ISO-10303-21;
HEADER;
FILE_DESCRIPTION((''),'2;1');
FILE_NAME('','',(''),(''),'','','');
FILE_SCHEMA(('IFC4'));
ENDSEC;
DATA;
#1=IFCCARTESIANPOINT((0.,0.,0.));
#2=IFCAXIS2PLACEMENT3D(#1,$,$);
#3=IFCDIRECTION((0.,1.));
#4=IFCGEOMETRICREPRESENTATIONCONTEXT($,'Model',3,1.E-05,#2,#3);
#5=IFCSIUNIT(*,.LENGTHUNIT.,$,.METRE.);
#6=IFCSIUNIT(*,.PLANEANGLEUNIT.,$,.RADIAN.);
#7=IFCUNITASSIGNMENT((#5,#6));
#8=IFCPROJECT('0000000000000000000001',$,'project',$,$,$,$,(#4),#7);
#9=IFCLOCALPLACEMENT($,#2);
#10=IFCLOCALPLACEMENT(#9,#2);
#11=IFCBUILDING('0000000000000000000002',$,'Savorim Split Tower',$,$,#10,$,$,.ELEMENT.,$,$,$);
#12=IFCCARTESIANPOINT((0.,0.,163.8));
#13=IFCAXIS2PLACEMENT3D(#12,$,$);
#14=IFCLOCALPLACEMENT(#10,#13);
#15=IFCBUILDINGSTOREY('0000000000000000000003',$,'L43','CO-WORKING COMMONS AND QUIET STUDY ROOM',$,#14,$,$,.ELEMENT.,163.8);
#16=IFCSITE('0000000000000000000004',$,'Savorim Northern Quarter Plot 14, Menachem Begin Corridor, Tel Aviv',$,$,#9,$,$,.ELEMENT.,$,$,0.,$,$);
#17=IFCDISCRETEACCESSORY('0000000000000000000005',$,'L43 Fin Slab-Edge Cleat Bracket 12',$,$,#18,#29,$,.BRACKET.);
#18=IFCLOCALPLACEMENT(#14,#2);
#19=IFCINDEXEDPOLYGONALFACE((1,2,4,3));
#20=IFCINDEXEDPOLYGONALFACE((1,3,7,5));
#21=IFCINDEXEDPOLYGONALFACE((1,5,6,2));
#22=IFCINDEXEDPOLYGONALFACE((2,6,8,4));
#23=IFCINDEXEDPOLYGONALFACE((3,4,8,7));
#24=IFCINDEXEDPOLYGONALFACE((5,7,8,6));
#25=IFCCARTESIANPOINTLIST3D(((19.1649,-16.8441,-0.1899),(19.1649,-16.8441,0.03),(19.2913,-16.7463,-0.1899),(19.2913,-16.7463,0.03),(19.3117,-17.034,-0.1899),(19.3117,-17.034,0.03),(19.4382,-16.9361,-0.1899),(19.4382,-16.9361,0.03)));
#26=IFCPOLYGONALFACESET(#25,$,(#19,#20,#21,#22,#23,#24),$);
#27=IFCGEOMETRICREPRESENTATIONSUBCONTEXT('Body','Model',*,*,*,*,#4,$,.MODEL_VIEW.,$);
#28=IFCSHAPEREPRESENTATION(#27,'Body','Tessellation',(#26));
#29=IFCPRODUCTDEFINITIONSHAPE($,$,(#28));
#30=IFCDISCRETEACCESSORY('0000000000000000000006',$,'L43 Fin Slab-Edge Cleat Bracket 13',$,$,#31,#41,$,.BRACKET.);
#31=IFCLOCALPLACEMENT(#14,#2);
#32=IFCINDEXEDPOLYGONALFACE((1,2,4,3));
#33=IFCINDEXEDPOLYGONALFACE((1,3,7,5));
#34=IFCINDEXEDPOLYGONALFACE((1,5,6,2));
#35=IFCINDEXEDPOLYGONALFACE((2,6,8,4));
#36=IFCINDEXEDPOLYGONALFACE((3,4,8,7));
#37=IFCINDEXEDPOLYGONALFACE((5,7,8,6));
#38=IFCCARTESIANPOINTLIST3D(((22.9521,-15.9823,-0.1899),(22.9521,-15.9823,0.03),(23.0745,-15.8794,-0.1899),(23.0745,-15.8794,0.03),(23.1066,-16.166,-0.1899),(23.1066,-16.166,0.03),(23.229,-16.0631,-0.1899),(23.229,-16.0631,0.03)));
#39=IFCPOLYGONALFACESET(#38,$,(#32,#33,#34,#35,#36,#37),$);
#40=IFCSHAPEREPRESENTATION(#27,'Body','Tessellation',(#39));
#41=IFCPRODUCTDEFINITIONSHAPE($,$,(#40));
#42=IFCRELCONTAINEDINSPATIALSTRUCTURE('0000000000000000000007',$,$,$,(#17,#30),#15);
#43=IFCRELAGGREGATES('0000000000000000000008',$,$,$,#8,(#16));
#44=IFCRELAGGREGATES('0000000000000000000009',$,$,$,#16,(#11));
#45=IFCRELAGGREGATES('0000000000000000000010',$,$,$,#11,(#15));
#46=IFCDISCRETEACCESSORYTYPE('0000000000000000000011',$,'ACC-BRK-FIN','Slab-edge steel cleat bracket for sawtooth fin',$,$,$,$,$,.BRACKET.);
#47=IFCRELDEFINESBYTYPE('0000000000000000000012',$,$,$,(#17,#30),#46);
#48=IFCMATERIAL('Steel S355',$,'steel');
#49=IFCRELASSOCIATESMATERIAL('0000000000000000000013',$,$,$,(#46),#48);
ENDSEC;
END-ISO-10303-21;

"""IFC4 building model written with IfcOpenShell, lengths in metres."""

from ifc_helpers import new_model, si_unit, direction, frame, origin, origin_2d, place, context, subcontext, project, spatial, rectangle, extrude, material, type_object, element, save


model = new_model("IFC4")

# Units and contexts
model_context = context("Model", 3, precision=1e-05, world=origin(), true_north=direction((0.0, 1.0)))
body_context = subcontext(model_context, "Body", "Model", "MODEL_VIEW")
ifc_project = project(units=[si_unit("LENGTHUNIT", "METRE"), si_unit("PLANEANGLEUNIT", "RADIAN")], contexts=[model_context])

# Site, building, storey
site_placement = place(None, origin())
site = spatial("IfcSite", under=ifc_project, at=site_placement, Name="Savorim Northern Quarter Plot 14, Menachem Begin Corridor, Tel Aviv", CompositionType="ELEMENT", RefElevation=0.0)
building_placement = place(site_placement, origin())
building = spatial("IfcBuilding", under=site, at=building_placement, Name="Savorim Split Tower", CompositionType="ELEMENT")
storey_placement = place(building_placement, frame((0.0, 0.0, 163.8)))
storey = spatial("IfcBuildingStorey", under=building, at=storey_placement, Name="L43", Description="CO-WORKING COMMONS AND QUIET STUDY ROOM", CompositionType="ELEMENT", Elevation=163.8)

# Shared definitions
ifc_material_1 = material(Name="Steel S355", Category="steel")

# Discrete accessories
discrete_accessory_type = type_object("IfcDiscreteAccessoryType", Name="ACC-BRK-FIN", Description="Slab-edge steel cleat bracket for sawtooth fin", PredefinedType="BRACKET", material=ifc_material_1)
for number, where, z_axis, x_axis, name in (
    (1, (19.3015, -16.8901, -0.1899), (0.0, 0.0, 1.0), (0.611868, -0.79096, 0.0), "L43 Fin Slab-Edge Cleat Bracket 12"),
    (2, (23.0906, -16.0227, -0.1899), (0.0, 0.0, 1.0), (0.643719, -0.765262, 0.0), "L43 Fin Slab-Edge Cleat Bracket 13"),
):
    element("IfcDiscreteAccessory", number, at=place(storey_placement, frame(where, z_axis=z_axis, x_axis=x_axis)), inside=storey, type_object=discrete_accessory_type, Name=name, PredefinedType="BRACKET", context=body_context, shape_type="SweptSolid", body=[
        extrude(rectangle(XDim=0.24, YDim=0.1599, at=origin_2d()), origin(), (0.0, 0.0, 1.0), 0.22),
    ])

save(model, "model.ifc")
